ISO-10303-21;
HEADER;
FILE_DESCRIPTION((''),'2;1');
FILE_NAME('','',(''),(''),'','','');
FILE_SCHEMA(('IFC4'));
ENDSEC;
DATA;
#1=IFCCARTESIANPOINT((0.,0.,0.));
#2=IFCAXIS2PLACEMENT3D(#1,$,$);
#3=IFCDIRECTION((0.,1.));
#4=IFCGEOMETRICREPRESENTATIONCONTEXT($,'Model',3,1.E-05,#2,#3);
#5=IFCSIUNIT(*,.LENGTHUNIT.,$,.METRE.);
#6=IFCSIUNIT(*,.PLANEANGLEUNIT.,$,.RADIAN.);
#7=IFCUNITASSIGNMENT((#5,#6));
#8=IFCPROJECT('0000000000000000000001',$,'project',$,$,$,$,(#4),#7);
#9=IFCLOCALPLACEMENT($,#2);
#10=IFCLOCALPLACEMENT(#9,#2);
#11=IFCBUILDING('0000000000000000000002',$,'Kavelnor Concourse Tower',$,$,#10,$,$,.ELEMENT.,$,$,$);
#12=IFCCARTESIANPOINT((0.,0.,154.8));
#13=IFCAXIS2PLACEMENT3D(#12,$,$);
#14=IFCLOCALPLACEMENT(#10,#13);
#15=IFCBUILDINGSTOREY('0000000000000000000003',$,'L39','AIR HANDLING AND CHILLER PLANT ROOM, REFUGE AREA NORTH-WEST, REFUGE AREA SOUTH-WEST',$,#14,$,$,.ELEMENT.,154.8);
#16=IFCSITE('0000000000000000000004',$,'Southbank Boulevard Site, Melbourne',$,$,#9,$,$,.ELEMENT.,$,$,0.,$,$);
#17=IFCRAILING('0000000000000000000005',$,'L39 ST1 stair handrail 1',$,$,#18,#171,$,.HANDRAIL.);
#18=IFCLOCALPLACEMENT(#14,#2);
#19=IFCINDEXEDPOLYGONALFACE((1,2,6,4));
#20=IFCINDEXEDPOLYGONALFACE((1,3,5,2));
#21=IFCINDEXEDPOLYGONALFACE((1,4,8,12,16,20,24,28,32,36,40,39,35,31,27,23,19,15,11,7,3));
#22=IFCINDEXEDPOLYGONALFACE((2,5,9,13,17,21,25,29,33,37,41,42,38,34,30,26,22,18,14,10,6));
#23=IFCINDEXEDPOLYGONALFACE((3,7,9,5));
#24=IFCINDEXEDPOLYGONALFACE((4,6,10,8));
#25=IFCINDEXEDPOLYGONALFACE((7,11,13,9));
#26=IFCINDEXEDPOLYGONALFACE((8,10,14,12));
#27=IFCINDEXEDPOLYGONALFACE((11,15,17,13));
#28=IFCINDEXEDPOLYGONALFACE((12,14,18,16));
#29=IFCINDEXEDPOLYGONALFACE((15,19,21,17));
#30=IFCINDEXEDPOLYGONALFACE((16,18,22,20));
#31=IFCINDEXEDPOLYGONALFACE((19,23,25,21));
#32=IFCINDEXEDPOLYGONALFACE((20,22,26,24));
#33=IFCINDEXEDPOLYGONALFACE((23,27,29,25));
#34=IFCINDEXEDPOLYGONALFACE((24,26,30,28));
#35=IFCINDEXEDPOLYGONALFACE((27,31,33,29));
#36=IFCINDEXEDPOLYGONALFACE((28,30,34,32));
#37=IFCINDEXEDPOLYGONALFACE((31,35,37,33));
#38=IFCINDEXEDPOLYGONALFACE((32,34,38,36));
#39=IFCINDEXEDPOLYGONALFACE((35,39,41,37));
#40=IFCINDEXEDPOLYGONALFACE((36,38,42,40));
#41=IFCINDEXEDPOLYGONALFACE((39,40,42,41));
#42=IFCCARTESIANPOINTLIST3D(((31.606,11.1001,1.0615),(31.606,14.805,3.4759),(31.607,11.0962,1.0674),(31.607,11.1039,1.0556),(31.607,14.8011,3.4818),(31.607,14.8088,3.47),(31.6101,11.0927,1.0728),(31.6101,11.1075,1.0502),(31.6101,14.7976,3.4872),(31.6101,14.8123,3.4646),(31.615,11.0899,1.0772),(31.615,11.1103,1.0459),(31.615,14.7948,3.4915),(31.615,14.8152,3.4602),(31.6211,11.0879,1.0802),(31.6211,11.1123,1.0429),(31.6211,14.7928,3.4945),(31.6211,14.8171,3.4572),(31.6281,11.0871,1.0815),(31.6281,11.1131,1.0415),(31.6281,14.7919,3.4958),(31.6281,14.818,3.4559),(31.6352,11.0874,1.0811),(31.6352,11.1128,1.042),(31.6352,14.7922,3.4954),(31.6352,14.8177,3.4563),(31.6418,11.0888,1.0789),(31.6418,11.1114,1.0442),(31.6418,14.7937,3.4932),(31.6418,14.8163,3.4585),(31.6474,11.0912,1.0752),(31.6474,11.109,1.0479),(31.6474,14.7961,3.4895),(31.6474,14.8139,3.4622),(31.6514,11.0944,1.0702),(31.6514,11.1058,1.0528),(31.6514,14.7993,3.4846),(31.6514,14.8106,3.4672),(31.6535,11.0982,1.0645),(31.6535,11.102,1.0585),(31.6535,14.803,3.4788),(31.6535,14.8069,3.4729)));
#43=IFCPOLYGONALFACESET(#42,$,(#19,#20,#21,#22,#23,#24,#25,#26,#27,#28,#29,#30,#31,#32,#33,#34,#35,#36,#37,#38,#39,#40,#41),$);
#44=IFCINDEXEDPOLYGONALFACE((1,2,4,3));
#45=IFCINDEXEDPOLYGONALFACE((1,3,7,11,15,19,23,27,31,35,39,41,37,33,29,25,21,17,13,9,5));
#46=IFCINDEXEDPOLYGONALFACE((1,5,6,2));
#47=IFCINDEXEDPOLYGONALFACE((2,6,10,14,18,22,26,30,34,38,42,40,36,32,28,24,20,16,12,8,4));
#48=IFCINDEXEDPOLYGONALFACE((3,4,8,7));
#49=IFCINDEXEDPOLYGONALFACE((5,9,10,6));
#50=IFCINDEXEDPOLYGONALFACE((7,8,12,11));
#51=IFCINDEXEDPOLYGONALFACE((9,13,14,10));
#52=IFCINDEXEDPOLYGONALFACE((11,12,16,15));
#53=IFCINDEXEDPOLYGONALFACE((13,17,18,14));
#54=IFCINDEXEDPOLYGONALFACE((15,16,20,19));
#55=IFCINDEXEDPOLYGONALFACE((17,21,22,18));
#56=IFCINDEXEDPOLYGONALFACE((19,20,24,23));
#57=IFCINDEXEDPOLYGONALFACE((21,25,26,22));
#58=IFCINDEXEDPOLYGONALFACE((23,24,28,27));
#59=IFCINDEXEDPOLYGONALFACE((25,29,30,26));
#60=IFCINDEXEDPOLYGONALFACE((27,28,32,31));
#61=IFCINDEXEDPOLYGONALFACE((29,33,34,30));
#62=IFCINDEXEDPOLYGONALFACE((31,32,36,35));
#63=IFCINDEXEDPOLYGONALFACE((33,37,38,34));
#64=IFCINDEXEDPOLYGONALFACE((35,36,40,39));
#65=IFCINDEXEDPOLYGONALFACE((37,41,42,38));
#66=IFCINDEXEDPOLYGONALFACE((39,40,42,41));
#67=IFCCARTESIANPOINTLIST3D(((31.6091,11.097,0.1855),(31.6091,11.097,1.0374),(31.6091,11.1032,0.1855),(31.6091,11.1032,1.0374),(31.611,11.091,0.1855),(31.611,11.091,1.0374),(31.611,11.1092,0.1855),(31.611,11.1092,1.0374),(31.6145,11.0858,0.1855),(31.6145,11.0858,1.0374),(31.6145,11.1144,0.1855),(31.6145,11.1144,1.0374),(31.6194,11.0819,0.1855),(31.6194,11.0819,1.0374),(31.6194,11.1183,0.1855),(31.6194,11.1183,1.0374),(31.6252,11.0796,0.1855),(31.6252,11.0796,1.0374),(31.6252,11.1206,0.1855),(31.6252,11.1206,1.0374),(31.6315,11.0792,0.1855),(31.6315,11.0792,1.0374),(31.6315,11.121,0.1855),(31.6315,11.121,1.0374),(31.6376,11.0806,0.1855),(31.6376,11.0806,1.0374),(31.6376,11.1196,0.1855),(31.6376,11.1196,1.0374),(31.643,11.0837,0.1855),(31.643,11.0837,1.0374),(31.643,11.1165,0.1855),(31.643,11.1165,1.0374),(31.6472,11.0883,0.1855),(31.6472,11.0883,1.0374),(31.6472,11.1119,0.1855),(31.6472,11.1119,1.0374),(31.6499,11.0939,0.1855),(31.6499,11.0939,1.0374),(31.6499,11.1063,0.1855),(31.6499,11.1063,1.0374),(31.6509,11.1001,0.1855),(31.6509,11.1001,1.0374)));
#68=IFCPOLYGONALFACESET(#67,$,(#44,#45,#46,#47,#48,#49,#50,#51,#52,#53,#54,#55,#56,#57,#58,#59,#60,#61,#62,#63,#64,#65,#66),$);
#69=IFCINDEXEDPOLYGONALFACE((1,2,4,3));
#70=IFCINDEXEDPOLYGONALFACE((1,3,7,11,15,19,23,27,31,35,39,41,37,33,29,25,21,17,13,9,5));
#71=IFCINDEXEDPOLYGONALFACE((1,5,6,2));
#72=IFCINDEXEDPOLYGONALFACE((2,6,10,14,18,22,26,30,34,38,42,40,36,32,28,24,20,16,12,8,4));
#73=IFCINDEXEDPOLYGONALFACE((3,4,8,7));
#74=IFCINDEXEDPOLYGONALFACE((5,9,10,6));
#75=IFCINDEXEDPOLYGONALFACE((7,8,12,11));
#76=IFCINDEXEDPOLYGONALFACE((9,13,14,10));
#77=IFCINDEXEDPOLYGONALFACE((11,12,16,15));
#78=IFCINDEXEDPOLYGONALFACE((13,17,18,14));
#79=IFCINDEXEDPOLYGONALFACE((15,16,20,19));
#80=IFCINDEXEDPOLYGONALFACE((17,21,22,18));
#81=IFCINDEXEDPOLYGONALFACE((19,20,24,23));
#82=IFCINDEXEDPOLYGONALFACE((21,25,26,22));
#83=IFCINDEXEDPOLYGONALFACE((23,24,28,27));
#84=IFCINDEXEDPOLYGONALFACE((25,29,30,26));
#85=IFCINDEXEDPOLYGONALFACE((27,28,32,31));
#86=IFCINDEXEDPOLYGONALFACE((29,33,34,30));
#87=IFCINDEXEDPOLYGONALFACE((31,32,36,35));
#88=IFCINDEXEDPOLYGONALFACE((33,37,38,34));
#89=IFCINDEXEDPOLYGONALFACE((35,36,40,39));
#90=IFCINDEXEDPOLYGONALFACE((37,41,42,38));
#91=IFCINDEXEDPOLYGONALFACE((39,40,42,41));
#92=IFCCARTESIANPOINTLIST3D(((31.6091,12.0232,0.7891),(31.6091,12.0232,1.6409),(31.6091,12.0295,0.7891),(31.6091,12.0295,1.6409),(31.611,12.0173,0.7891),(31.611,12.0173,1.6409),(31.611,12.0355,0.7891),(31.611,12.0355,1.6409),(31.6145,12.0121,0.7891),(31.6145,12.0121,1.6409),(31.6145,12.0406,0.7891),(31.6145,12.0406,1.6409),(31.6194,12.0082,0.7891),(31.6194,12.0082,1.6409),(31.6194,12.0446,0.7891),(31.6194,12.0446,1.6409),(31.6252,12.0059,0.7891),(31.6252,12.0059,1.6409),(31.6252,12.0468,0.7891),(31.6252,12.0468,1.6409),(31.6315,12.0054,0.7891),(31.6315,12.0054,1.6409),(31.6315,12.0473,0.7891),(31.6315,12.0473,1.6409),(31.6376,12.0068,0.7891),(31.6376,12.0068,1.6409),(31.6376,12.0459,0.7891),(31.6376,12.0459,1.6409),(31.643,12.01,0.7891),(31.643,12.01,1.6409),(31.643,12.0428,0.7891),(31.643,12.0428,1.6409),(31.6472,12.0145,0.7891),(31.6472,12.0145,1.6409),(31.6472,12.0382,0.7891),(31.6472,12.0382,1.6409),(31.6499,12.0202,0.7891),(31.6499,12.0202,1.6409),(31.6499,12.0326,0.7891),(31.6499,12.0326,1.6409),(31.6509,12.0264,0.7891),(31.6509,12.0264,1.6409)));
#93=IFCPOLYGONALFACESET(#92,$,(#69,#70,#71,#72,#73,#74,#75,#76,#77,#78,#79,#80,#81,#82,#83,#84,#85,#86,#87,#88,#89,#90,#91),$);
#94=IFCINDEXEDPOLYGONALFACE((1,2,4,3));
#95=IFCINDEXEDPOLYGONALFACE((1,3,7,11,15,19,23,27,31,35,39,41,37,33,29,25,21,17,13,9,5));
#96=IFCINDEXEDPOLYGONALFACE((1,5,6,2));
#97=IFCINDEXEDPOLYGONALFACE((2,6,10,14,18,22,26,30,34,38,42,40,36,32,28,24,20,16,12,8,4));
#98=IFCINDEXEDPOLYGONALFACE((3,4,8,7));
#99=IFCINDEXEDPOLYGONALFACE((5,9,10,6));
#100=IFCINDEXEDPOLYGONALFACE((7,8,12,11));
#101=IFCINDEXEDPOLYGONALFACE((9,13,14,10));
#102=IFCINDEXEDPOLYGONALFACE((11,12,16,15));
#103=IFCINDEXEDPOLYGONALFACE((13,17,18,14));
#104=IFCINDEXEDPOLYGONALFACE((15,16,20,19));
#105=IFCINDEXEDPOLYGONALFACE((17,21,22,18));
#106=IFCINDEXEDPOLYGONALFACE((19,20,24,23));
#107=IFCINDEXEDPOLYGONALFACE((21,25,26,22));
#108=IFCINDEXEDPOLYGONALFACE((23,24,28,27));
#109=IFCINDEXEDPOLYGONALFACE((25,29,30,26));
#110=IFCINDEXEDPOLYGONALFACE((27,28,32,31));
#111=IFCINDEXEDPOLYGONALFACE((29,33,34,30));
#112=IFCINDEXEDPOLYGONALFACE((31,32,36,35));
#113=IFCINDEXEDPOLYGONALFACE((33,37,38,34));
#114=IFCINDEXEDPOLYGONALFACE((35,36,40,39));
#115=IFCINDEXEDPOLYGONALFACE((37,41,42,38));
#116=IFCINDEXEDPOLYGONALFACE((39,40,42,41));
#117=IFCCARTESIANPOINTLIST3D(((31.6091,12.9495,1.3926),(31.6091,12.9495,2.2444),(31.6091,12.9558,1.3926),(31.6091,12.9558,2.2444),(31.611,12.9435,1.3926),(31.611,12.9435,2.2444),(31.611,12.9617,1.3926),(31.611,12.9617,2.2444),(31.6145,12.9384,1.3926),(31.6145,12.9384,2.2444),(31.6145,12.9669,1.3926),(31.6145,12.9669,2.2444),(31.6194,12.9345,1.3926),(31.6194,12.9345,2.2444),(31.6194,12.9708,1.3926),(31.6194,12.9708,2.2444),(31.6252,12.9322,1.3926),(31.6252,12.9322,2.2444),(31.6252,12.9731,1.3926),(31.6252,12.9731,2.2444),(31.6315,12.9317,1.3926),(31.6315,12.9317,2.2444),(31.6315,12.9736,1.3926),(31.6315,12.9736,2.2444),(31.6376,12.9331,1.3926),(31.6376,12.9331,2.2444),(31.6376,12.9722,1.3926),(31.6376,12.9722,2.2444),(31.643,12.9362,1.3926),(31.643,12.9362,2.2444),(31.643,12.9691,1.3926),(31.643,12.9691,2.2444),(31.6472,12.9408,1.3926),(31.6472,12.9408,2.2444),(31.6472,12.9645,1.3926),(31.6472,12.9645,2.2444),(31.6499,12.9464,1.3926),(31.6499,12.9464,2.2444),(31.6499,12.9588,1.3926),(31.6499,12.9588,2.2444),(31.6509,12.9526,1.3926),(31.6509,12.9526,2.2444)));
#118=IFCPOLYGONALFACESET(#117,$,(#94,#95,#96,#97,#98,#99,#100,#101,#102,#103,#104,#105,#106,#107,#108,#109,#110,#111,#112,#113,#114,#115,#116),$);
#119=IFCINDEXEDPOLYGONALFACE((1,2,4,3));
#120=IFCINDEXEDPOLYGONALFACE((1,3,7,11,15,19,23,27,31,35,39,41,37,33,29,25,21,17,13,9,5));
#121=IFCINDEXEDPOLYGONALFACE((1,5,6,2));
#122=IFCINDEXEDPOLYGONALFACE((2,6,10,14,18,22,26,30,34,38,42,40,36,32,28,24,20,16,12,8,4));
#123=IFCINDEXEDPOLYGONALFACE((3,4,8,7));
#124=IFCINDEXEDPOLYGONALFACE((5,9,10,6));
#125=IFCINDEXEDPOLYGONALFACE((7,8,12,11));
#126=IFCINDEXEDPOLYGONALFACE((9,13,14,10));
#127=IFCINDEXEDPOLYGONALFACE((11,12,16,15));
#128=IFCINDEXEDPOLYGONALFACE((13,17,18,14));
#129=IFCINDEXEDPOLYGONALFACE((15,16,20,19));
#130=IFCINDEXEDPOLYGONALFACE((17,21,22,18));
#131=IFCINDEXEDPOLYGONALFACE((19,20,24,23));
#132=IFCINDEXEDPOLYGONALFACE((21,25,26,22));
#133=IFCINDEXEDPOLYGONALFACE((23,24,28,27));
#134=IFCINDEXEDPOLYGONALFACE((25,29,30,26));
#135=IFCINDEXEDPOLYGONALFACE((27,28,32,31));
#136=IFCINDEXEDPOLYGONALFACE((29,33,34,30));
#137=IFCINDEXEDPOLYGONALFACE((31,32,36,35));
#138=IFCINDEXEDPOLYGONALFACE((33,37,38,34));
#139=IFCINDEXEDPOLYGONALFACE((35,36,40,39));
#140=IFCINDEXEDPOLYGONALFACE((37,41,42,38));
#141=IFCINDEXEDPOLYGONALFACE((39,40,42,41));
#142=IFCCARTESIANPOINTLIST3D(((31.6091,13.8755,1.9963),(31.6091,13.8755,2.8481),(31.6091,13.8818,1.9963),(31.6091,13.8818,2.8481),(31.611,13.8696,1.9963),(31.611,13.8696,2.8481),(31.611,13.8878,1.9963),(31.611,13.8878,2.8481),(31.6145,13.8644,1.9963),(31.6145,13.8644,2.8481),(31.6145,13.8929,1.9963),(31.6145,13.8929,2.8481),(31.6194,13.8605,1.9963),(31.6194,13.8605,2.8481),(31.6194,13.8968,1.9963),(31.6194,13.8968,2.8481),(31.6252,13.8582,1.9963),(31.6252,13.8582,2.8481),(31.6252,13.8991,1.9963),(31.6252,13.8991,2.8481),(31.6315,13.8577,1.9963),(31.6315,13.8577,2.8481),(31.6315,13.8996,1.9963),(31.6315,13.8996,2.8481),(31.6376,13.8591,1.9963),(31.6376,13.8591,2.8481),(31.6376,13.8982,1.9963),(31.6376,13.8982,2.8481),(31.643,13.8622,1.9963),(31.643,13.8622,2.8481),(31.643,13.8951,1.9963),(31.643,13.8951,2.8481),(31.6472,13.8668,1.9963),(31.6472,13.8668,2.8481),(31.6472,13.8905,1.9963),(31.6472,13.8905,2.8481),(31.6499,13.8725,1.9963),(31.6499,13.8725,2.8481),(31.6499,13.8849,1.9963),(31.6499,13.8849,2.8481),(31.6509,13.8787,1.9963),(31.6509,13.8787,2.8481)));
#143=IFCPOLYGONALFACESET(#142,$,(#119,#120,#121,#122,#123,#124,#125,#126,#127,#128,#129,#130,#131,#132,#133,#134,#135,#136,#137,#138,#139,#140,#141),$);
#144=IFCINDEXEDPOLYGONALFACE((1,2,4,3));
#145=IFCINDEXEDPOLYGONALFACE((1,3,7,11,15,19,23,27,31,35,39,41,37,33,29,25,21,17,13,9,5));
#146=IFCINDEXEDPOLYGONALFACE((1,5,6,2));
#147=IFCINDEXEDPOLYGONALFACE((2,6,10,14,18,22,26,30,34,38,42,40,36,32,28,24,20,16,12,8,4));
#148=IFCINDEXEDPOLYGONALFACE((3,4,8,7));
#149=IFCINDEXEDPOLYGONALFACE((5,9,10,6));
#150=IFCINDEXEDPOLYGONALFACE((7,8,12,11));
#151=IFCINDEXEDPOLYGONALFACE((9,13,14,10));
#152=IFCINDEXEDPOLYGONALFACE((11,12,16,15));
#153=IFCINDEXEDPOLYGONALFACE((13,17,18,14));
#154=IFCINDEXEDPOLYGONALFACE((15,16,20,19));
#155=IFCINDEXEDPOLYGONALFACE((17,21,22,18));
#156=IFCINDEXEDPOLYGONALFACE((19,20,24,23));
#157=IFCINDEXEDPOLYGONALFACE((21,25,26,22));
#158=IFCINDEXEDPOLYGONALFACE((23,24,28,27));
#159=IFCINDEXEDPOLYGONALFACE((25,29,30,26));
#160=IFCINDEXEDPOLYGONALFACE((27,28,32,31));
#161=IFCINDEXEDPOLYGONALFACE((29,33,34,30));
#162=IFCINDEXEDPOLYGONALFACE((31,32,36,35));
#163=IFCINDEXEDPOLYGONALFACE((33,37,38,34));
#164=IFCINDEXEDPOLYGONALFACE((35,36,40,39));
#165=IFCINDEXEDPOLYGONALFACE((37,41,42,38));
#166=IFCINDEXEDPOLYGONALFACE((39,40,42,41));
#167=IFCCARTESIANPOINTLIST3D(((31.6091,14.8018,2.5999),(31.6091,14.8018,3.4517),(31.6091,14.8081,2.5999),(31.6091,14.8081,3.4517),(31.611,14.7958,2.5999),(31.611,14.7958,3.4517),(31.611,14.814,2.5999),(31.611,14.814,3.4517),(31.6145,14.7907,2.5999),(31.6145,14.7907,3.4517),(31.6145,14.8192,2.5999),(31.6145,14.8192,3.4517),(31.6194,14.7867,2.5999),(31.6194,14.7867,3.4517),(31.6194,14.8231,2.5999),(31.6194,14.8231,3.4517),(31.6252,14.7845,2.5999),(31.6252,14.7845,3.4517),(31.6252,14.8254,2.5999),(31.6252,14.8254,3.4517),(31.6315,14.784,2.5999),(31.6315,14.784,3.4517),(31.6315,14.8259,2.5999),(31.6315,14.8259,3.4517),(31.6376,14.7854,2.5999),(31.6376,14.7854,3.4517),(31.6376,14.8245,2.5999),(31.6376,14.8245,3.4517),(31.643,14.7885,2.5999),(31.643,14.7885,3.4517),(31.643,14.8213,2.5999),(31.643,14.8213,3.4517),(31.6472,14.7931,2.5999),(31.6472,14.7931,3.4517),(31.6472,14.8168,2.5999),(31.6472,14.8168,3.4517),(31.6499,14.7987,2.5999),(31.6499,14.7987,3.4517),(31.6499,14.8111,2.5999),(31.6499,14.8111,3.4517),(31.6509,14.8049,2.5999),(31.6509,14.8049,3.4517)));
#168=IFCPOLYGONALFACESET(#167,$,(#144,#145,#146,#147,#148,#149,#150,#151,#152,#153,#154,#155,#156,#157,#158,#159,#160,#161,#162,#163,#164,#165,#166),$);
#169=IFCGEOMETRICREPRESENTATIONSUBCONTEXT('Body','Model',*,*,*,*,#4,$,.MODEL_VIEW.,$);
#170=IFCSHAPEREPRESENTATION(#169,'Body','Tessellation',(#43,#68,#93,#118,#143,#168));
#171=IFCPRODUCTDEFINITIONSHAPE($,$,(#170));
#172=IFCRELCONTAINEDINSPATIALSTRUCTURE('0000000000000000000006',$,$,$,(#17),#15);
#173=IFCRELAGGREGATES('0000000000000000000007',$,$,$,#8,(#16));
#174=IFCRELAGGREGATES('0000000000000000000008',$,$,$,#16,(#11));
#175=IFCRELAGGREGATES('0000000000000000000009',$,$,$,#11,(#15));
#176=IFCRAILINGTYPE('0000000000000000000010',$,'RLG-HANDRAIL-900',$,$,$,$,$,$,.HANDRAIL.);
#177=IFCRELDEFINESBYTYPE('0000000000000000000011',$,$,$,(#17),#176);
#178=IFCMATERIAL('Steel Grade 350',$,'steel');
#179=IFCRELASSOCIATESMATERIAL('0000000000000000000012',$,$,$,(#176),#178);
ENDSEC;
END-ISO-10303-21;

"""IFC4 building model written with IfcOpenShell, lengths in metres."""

from ifc_helpers import new_model, si_unit, direction, frame, origin, origin_2d, place, context, subcontext, project, spatial, circle, extrude, material, type_object, element, save


model = new_model("IFC4")

# Units and contexts
model_context = context("Model", 3, precision=1e-05, world=origin(), true_north=direction((0.0, 1.0)))
body_context = subcontext(model_context, "Body", "Model", "MODEL_VIEW")
ifc_project = project(units=[si_unit("LENGTHUNIT", "METRE"), si_unit("PLANEANGLEUNIT", "RADIAN")], contexts=[model_context])

# Site, building, storey
site_placement = place(None, origin())
site = spatial("IfcSite", under=ifc_project, at=site_placement, Name="Southbank Boulevard Site, Melbourne", CompositionType="ELEMENT", RefElevation=0.0)
building_placement = place(site_placement, origin())
building = spatial("IfcBuilding", under=site, at=building_placement, Name="Kavelnor Concourse Tower", CompositionType="ELEMENT")
storey_placement = place(building_placement, frame((0.0, 0.0, 154.8)))
storey = spatial("IfcBuildingStorey", under=building, at=storey_placement, Name="L39", Description="AIR HANDLING AND CHILLER PLANT ROOM, REFUGE AREA NORTH-WEST, REFUGE AREA SOUTH-WEST", CompositionType="ELEMENT", Elevation=154.8)

# Shared definitions
ifc_material_1 = material(Name="Steel Grade 350", Category="steel")

# Railing
railing_type_1 = type_object("IfcRailingType", Name="RLG-HANDRAIL-900", PredefinedType="HANDRAIL", material=ifc_material_1)
railing_1_placement = place(storey_placement, frame((31.6299, 11.1001, 0.1855)))
element("IfcRailing", 1, at=railing_1_placement, inside=storey, type_object=railing_type_1, Name="L39 ST1 stair handrail 1", PredefinedType="HANDRAIL", context=body_context, shape_type="SweptSolid", body=[
    extrude(circle(Radius=0.0239, at=origin_2d()), frame((0.0, 0.0, 0.876), z_axis=(0.0, 0.837806, 0.545968), x_axis=(-1.0, 0.0, 0.0)), (0.0, 0.0, 1.0), 4.4221),
    extrude(circle(Radius=0.021, at=origin_2d()), origin(), (0.0, 0.0, 1.0), 0.8518),
    extrude(circle(Radius=0.021, at=origin_2d()), frame((0.0, 0.9263, 0.6035)), (0.0, 0.0, 1.0), 0.8518),
    extrude(circle(Radius=0.021, at=origin_2d()), frame((0.0, 1.8525, 1.207)), (0.0, 0.0, 1.0), 0.8518),
    extrude(circle(Radius=0.021, at=origin_2d()), frame((0.0, 2.7786, 1.8108)), (0.0, 0.0, 1.0), 0.8518),
    extrude(circle(Radius=0.021, at=origin_2d()), frame((0.0, 3.7048, 2.4143)), (0.0, 0.0, 1.0), 0.8518),
])

save(model, "model.ifc")
